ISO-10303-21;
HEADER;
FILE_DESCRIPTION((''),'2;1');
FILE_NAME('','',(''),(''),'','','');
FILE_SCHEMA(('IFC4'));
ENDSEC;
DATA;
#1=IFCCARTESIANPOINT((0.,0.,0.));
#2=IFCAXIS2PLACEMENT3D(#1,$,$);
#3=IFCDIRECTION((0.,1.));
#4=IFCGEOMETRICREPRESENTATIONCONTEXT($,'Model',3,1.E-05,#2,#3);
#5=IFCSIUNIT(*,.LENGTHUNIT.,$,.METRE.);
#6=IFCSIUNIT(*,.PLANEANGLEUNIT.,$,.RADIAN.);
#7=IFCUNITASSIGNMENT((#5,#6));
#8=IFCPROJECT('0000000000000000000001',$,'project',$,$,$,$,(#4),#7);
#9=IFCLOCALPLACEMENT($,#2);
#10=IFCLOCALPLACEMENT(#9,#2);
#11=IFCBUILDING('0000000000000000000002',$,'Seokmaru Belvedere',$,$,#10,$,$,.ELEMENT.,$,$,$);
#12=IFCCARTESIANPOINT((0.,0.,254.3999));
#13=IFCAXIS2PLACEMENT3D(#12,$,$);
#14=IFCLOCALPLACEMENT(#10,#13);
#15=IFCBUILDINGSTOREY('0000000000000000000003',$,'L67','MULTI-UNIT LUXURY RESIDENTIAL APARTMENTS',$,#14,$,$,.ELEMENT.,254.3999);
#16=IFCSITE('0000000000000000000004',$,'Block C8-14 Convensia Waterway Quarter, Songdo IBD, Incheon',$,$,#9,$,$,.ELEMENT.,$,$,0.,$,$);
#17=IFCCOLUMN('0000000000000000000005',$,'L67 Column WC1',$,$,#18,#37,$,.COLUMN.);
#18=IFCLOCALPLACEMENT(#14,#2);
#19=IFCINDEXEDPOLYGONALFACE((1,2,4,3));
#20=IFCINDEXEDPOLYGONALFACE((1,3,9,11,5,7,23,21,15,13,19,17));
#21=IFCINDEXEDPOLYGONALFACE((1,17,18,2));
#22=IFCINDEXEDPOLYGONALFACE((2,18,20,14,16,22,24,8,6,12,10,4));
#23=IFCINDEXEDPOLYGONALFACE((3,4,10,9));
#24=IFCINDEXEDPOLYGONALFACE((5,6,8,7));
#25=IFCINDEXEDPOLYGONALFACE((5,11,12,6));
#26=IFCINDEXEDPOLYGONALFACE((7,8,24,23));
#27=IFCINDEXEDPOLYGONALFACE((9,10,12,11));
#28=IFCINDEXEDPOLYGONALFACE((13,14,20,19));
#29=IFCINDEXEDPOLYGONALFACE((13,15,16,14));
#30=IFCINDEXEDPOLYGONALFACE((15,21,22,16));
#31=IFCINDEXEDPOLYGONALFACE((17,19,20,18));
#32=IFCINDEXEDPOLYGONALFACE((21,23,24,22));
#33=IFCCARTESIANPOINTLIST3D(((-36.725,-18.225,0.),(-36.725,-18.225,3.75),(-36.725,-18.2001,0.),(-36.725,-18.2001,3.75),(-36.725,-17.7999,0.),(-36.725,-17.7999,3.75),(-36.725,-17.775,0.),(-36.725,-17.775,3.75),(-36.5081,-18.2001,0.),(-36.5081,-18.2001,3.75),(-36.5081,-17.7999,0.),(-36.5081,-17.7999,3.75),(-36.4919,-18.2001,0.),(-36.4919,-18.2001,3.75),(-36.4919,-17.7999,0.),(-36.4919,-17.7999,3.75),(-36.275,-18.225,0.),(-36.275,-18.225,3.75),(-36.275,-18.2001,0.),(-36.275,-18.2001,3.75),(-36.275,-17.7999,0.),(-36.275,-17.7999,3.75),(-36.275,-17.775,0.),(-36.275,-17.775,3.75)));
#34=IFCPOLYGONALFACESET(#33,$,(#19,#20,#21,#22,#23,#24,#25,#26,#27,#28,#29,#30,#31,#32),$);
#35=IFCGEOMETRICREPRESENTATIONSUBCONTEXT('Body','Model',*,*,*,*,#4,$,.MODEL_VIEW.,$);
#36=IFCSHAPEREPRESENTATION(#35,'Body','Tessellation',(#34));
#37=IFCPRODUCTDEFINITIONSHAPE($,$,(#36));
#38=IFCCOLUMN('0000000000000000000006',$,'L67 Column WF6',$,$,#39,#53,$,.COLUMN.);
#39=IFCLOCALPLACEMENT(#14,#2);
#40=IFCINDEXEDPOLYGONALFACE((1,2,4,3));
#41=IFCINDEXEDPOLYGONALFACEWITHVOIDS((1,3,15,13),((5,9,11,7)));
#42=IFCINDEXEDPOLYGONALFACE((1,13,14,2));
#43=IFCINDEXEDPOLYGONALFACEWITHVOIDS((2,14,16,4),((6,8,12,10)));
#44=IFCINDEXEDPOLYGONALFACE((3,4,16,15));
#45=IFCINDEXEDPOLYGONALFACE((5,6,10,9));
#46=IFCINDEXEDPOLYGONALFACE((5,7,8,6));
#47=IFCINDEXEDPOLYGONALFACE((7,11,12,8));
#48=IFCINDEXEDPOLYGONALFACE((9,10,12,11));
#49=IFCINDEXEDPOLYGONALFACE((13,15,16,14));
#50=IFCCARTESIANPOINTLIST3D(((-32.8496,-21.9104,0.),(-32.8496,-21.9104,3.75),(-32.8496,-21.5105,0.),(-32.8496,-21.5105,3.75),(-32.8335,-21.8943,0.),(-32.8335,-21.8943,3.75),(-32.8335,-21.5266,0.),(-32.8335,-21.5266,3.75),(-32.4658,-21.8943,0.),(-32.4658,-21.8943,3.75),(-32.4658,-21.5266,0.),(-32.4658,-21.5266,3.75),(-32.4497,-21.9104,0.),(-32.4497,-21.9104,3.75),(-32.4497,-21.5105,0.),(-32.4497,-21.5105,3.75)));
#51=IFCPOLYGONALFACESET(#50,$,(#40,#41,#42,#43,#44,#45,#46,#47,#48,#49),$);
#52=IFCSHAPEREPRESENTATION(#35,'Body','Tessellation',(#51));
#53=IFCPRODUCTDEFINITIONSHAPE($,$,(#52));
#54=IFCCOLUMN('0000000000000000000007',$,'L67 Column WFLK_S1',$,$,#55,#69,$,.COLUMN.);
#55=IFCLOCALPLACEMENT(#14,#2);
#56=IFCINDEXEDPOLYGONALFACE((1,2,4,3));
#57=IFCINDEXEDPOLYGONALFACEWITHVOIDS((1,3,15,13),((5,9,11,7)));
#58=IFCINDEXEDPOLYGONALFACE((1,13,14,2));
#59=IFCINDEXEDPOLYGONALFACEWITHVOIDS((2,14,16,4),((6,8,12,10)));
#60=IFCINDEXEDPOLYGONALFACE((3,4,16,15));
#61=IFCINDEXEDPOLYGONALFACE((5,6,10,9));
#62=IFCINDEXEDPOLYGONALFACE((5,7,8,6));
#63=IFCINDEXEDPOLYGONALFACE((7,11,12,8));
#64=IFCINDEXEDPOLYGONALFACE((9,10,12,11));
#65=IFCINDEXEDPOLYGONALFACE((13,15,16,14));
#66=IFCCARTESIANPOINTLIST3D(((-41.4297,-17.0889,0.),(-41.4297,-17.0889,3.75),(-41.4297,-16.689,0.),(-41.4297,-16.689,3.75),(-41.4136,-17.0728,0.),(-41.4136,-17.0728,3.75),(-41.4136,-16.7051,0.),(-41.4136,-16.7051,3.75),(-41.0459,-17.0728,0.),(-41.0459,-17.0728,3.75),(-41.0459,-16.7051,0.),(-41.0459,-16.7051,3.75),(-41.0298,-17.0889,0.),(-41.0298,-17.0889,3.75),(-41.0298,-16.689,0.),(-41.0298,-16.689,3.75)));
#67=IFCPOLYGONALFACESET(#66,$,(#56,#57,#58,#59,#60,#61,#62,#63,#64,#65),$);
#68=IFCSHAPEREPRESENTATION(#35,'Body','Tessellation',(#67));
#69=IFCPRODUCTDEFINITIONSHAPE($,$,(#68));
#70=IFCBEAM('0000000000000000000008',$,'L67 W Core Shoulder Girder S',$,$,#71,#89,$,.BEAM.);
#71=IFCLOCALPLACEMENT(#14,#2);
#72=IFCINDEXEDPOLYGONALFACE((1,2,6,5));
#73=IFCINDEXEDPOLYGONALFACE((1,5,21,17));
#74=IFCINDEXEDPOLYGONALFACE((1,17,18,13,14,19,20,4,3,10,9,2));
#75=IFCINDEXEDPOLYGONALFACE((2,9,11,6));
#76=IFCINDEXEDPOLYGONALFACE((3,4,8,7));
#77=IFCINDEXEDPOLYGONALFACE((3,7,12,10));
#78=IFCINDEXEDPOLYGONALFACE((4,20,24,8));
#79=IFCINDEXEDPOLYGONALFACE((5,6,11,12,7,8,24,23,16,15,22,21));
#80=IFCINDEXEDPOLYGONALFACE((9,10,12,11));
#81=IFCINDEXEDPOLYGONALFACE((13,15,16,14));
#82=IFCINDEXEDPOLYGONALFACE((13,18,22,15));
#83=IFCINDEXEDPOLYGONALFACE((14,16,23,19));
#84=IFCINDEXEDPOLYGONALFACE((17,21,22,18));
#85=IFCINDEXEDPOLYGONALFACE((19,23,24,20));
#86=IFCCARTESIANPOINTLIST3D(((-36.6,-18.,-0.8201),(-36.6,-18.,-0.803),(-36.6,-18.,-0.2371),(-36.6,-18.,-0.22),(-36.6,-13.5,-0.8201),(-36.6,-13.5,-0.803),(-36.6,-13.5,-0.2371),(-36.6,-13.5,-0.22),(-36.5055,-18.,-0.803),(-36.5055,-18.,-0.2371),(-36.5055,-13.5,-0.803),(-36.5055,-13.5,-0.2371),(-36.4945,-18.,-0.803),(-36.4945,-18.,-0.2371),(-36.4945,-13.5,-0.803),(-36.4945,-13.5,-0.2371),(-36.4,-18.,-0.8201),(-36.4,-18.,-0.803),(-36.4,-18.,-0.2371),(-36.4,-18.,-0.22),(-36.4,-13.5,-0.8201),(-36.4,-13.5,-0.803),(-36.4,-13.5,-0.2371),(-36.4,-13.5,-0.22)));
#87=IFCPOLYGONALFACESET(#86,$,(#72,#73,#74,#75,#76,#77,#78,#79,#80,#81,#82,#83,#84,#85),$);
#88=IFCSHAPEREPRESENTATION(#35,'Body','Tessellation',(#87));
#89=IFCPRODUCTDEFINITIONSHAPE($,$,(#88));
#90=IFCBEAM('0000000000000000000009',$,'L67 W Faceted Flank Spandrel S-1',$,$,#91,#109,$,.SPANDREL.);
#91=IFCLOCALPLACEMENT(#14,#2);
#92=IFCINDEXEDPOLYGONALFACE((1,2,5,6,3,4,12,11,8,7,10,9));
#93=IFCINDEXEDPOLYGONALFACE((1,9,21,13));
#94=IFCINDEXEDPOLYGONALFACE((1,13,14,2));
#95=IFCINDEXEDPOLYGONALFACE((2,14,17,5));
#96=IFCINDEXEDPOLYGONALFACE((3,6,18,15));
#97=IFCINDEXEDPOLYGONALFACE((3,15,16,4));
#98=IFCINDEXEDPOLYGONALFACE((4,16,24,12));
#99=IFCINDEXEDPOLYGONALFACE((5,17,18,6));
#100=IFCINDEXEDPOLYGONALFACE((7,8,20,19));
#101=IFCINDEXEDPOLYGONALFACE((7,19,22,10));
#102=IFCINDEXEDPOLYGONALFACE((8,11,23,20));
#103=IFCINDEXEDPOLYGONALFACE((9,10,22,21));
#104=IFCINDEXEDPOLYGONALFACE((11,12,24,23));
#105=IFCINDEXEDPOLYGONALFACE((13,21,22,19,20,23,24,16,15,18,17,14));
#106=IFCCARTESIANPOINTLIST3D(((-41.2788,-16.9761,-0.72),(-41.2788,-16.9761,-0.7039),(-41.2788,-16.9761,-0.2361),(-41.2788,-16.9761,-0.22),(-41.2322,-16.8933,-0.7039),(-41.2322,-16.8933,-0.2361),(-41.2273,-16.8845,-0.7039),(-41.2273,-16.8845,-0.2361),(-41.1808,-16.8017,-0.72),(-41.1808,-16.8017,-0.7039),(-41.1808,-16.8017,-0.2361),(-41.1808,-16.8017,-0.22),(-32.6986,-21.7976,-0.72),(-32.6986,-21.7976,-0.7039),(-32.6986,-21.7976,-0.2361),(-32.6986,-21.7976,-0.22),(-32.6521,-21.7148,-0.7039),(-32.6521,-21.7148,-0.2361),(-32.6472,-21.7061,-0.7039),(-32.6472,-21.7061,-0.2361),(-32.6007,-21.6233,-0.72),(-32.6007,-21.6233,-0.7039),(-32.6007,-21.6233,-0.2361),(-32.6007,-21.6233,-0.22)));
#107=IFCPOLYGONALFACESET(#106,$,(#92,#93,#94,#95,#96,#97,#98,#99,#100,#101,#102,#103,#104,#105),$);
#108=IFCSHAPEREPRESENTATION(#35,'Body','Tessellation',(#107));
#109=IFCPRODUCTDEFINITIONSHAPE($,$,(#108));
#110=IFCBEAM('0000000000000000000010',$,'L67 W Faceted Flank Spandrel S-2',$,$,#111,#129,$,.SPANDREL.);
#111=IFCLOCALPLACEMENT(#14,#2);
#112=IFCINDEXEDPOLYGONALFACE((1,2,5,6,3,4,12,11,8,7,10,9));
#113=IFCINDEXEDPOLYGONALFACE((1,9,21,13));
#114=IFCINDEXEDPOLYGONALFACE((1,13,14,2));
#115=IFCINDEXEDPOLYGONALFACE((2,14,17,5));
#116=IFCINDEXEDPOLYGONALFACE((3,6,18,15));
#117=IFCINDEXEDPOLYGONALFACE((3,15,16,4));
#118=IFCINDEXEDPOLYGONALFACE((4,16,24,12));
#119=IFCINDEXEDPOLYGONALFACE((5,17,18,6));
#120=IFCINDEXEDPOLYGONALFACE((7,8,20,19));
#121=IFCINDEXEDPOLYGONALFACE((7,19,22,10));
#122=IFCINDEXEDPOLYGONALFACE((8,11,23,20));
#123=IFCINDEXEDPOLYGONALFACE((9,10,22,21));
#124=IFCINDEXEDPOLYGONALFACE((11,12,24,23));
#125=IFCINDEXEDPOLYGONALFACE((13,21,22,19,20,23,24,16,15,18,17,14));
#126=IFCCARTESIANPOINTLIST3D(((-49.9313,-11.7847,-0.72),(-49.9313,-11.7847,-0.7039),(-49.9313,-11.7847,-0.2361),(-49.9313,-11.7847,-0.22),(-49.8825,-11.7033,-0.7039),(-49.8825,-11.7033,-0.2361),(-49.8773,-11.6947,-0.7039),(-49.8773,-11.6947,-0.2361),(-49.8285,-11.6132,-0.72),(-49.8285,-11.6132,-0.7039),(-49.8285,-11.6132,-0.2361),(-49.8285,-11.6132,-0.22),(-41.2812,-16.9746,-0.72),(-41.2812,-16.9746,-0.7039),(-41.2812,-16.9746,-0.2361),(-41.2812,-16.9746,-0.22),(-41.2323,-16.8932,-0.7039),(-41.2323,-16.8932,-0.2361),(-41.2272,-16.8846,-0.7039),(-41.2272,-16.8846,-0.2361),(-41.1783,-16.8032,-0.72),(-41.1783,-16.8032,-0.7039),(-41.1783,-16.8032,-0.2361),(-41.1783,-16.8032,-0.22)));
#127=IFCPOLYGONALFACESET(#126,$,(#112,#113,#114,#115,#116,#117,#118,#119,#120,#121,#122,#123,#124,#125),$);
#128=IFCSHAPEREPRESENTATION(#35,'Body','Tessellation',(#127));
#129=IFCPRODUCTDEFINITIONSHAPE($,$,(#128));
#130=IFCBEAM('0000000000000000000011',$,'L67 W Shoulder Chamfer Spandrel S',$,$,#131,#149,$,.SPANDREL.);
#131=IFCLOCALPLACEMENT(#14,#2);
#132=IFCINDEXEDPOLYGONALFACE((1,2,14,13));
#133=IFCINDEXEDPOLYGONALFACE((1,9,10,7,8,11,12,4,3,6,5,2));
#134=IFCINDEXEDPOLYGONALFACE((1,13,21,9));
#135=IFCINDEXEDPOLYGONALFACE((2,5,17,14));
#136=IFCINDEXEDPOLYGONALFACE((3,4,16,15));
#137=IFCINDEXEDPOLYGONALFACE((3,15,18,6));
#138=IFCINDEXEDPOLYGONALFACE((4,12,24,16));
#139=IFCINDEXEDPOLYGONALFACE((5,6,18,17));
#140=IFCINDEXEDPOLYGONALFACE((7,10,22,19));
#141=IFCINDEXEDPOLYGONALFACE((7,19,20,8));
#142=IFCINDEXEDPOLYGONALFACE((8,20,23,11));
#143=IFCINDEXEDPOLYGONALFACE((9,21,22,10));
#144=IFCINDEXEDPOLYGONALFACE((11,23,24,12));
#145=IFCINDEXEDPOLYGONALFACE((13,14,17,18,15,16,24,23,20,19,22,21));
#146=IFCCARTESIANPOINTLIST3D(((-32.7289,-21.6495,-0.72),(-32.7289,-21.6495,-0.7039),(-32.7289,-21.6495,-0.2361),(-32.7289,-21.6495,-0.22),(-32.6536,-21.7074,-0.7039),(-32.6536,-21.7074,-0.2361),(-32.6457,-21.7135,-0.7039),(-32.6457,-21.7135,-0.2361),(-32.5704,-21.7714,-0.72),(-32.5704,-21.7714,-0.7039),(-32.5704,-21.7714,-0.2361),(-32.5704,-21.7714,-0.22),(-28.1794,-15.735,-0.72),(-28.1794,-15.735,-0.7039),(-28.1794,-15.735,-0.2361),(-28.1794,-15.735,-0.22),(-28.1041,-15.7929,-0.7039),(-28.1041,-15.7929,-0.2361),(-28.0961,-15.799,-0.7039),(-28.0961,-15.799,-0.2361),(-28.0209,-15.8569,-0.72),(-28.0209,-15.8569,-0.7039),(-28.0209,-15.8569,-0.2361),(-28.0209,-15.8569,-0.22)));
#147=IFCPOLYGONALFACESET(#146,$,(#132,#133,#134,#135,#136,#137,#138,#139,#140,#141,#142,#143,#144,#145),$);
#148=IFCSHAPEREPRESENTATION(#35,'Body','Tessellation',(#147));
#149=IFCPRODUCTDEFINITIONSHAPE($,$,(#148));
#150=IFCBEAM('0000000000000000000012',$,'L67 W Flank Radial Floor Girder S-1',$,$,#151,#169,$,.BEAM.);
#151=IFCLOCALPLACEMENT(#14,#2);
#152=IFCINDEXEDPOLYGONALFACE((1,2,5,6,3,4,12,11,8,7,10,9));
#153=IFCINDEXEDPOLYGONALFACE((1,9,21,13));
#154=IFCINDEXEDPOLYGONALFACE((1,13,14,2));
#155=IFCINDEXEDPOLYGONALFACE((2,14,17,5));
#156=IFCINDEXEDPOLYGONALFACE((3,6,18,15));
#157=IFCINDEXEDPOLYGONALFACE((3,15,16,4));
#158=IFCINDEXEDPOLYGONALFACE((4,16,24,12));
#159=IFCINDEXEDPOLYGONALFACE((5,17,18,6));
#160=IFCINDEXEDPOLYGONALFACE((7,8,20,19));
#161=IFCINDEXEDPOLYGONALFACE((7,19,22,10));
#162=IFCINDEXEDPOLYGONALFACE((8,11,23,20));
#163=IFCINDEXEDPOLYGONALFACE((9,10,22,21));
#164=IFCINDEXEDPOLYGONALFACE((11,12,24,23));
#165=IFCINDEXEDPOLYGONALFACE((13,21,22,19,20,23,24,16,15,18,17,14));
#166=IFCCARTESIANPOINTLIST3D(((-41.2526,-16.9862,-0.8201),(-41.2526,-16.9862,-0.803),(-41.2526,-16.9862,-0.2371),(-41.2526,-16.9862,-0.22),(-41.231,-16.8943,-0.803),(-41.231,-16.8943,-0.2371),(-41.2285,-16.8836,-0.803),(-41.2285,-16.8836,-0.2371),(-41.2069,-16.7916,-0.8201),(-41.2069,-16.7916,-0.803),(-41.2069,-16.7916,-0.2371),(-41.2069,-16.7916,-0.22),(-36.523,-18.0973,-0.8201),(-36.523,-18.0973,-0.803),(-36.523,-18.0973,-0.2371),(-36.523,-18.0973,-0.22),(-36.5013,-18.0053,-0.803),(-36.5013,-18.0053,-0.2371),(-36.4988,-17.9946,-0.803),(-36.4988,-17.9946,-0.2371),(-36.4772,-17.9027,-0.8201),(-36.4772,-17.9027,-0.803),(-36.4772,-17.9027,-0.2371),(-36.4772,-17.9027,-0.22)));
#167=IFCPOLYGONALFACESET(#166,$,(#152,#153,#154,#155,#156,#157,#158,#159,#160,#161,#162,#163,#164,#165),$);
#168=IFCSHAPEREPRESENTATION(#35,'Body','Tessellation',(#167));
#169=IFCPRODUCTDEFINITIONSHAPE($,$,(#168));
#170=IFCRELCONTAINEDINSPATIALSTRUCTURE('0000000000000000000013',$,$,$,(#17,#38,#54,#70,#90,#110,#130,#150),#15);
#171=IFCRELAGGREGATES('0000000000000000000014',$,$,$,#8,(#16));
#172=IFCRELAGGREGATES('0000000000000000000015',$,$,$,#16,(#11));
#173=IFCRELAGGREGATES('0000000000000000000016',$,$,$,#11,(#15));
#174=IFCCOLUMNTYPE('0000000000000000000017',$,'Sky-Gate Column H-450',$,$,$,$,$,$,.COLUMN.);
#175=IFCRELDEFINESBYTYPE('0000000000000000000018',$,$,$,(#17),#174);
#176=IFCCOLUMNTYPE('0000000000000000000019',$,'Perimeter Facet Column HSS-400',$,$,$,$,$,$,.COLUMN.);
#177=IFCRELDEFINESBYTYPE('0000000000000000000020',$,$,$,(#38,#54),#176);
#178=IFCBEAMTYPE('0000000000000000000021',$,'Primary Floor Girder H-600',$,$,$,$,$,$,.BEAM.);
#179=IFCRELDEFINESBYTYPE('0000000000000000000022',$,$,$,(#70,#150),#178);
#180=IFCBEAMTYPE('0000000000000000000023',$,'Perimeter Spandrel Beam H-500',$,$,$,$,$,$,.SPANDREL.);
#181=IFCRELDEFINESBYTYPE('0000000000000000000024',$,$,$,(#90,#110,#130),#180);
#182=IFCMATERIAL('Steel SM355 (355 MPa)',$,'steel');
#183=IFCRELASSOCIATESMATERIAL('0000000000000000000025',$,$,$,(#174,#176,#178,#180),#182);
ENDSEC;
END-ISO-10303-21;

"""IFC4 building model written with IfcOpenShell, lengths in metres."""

from ifc_helpers import new_model, si_unit, direction, frame, origin, origin_2d, place, context, subcontext, project, spatial, hollow_rectangle, i_section, extrude, source, transform, mapped, material, material_profile, profile_set, type_object, type_shapes, element, save


model = new_model("IFC4")

# Units and contexts
model_context = context("Model", 3, precision=1e-05, world=origin(), true_north=direction((0.0, 1.0)))
body_context = subcontext(model_context, "Body", "Model", "MODEL_VIEW")
ifc_project = project(units=[si_unit("LENGTHUNIT", "METRE"), si_unit("PLANEANGLEUNIT", "RADIAN")], contexts=[model_context])

# Site, building, storey
site_placement = place(None, origin())
site = spatial("IfcSite", under=ifc_project, at=site_placement, Name="Block C8-14 Convensia Waterway Quarter, Songdo IBD, Incheon", CompositionType="ELEMENT", RefElevation=0.0)
building_placement = place(site_placement, origin())
building = spatial("IfcBuilding", under=site, at=building_placement, Name="Seokmaru Belvedere", CompositionType="ELEMENT")
storey_placement = place(building_placement, frame((0.0, 0.0, 254.3999)))
storey = spatial("IfcBuildingStorey", under=building, at=storey_placement, Name="L67", Description="MULTI-UNIT LUXURY RESIDENTIAL APARTMENTS", CompositionType="ELEMENT", Elevation=254.3999)

# Columns
ifc_material_1 = material(Name="Steel SM355 (355 MPa)", Category="steel")
ifc_material_profile_1 = material_profile(ifc_material_1, i_section(OverallWidth=0.45, OverallDepth=0.45, WebThickness=0.0161, FlangeThickness=0.0249, at=origin_2d()), Name="H-450x450x16x25")
ifc_profile_set_1 = profile_set([ifc_material_profile_1], Name="Steel SM355 (355 MPa)")
column_type_1 = type_object("IfcColumnType", Name="Sky-Gate Column H-450", PredefinedType="COLUMN", material=ifc_profile_set_1)
shared_shape_1 = source(origin(), body_context, "Body", "SweptSolid", [
    extrude(i_section(OverallWidth=0.45, OverallDepth=0.45, WebThickness=0.0161, FlangeThickness=0.0249, at=origin_2d()), origin(), (0.0, 0.0, 1.0), 3.75),
])
type_shapes(column_type_1, [shared_shape_1])
column_placement = place(storey_placement, frame((-36.5, -18.0, 0.0), z_axis=(0.0, 0.0, 1.0), x_axis=(1.0, 0.0, 0.0)))
element("IfcColumn", 1, at=column_placement, inside=storey, type_object=column_type_1, Name="L67 Column WC1", PredefinedType="COLUMN", context=body_context, shape_type="MappedRepresentation", body=[
    mapped(shared_shape_1, transform((0.0, 0.0, 0.0), scale=1.0)),
])
ifc_material_profile_2 = material_profile(ifc_material_1, hollow_rectangle(XDim=0.3999, YDim=0.3999, WallThickness=0.0161, at=origin_2d()), Name="HSS-400x400x16")
ifc_profile_set_2 = profile_set([ifc_material_profile_2], Name="Steel SM355 (355 MPa)")
column_type_2 = type_object("IfcColumnType", Name="Perimeter Facet Column HSS-400", PredefinedType="COLUMN", material=ifc_profile_set_2)
shared_shape_2 = source(origin(), body_context, "Body", "SweptSolid", [
    extrude(hollow_rectangle(XDim=0.3999, YDim=0.3999, WallThickness=0.0161, at=origin_2d()), origin(), (0.0, 0.0, 1.0), 3.75),
])
type_shapes(column_type_2, [shared_shape_2])
for number, where, z_axis, x_axis, name in (
    (2, (-32.6497, -21.7104, 0.0), (0.0, 0.0, 1.0), (1.0, 0.0, 0.0), "L67 Column WF6"),
    (3, (-41.2297, -16.8889, 0.0), (0.0, 0.0, 1.0), (1.0, 0.0, 0.0), "L67 Column WFLK_S1"),
):
    element("IfcColumn", number, at=place(storey_placement, frame(where, z_axis=z_axis, x_axis=x_axis)), inside=storey, type_object=column_type_2, Name=name, PredefinedType="COLUMN", context=body_context, shape_type="MappedRepresentation", body=[
        mapped(shared_shape_2, transform((0.0, 0.0, 0.0), scale=1.0)),
    ])

# Beams
ifc_material_profile_3 = material_profile(ifc_material_1, i_section(OverallWidth=0.2, OverallDepth=0.6001, WebThickness=0.011, FlangeThickness=0.0171, at=origin_2d()), Name="H-600x200x11x17")
ifc_profile_set_3 = profile_set([ifc_material_profile_3], Name="Steel SM355 (355 MPa)")
beam_type_1 = type_object("IfcBeamType", Name="Primary Floor Girder H-600", PredefinedType="BEAM", material=ifc_profile_set_3)
shared_shape_3 = source(origin(), body_context, "Body", "SweptSolid", [
    extrude(i_section(OverallWidth=0.2, OverallDepth=0.6001, WebThickness=0.011, FlangeThickness=0.0171, at=origin_2d()), origin(), (0.0, 0.0, 1.0), 4.5),
])
beam_1_placement = place(storey_placement, frame((-36.5, -18.0, -0.52), z_axis=(0.0, 1.0, 0.0), x_axis=(-1.0, 0.0, 0.0)))
element("IfcBeam", 4, at=beam_1_placement, inside=storey, type_object=beam_type_1, Name="L67 W Core Shoulder Girder S", PredefinedType="BEAM", context=body_context, shape_type="MappedRepresentation", body=[
    mapped(shared_shape_3, transform((0.0, 0.0, 0.0), scale=1.0)),
])
ifc_material_profile_4 = material_profile(ifc_material_1, i_section(OverallWidth=0.2, OverallDepth=0.5, WebThickness=0.01, FlangeThickness=0.0161, at=origin_2d()), Name="H-500x200x10x16")
ifc_profile_set_4 = profile_set([ifc_material_profile_4], Name="Steel SM355 (355 MPa)")
beam_type_2 = type_object("IfcBeamType", Name="Perimeter Spandrel Beam H-500", PredefinedType="SPANDREL", material=ifc_profile_set_4)
shared_shape_4 = source(origin(), body_context, "Body", "SweptSolid", [
    extrude(i_section(OverallWidth=0.2, OverallDepth=0.5, WebThickness=0.01, FlangeThickness=0.0161, at=origin_2d()), origin(), (0.0, 0.0, 1.0), 9.842),
])
beam_2_placement = place(storey_placement, frame((-32.6497, -21.7104, -0.47), z_axis=(-0.871782, 0.489894, 0.0), x_axis=(-0.489894, -0.871782, 0.0)))
element("IfcBeam", 5, at=beam_2_placement, inside=storey, type_object=beam_type_2, Name="L67 W Faceted Flank Spandrel S-1", PredefinedType="SPANDREL", context=body_context, shape_type="MappedRepresentation", body=[
    mapped(shared_shape_4, transform((0.0, 0.0, 0.0), scale=1.0)),
])
shared_shape_5 = source(origin(), body_context, "Body", "SweptSolid", [
    extrude(i_section(OverallWidth=0.2, OverallDepth=0.5, WebThickness=0.01, FlangeThickness=0.0161, at=origin_2d()), origin(), (0.0, 0.0, 1.0), 10.0876),
])
beam_3_placement = place(storey_placement, frame((-41.2297, -16.8889, -0.47), z_axis=(-0.857499, 0.514485, 0.0), x_axis=(-0.514485, -0.857499, 0.0)))
element("IfcBeam", 6, at=beam_3_placement, inside=storey, type_object=beam_type_2, Name="L67 W Faceted Flank Spandrel S-2", PredefinedType="SPANDREL", context=body_context, shape_type="MappedRepresentation", body=[
    mapped(shared_shape_5, transform((0.0, 0.0, 0.0), scale=1.0)),
])
shared_shape_6 = source(origin(), body_context, "Body", "SweptSolid", [
    extrude(i_section(OverallWidth=0.2, OverallDepth=0.5, WebThickness=0.01, FlangeThickness=0.0161, at=origin_2d()), origin(), (0.0, 0.0, 1.0), 7.4619),
])
type_shapes(beam_type_2, [shared_shape_4, shared_shape_5, shared_shape_6])
beam_4_placement = place(storey_placement, frame((-32.6497, -21.7104, -0.47), z_axis=(0.609703, 0.79263, 0.0), x_axis=(-0.79263, 0.609703, 0.0)))
element("IfcBeam", 7, at=beam_4_placement, inside=storey, type_object=beam_type_2, Name="L67 W Shoulder Chamfer Spandrel S", PredefinedType="SPANDREL", context=body_context, shape_type="MappedRepresentation", body=[
    mapped(shared_shape_6, transform((0.0, 0.0, 0.0), scale=1.0)),
])
shared_shape_7 = source(origin(), body_context, "Body", "SweptSolid", [
    extrude(i_section(OverallWidth=0.2, OverallDepth=0.6001, WebThickness=0.011, FlangeThickness=0.0171, at=origin_2d()), origin(), (0.0, 0.0, 1.0), 4.8584),
])
type_shapes(beam_type_1, [shared_shape_3, shared_shape_7])
beam_5_placement = place(storey_placement, frame((-41.2297, -16.8889, -0.52), z_axis=(0.973499, -0.228689, 0.0), x_axis=(0.228689, 0.973499, 0.0)))
element("IfcBeam", 8, at=beam_5_placement, inside=storey, type_object=beam_type_1, Name="L67 W Flank Radial Floor Girder S-1", PredefinedType="BEAM", context=body_context, shape_type="MappedRepresentation", body=[
    mapped(shared_shape_7, transform((0.0, 0.0, 0.0), scale=1.0)),
])

save(model, "model.ifc")
